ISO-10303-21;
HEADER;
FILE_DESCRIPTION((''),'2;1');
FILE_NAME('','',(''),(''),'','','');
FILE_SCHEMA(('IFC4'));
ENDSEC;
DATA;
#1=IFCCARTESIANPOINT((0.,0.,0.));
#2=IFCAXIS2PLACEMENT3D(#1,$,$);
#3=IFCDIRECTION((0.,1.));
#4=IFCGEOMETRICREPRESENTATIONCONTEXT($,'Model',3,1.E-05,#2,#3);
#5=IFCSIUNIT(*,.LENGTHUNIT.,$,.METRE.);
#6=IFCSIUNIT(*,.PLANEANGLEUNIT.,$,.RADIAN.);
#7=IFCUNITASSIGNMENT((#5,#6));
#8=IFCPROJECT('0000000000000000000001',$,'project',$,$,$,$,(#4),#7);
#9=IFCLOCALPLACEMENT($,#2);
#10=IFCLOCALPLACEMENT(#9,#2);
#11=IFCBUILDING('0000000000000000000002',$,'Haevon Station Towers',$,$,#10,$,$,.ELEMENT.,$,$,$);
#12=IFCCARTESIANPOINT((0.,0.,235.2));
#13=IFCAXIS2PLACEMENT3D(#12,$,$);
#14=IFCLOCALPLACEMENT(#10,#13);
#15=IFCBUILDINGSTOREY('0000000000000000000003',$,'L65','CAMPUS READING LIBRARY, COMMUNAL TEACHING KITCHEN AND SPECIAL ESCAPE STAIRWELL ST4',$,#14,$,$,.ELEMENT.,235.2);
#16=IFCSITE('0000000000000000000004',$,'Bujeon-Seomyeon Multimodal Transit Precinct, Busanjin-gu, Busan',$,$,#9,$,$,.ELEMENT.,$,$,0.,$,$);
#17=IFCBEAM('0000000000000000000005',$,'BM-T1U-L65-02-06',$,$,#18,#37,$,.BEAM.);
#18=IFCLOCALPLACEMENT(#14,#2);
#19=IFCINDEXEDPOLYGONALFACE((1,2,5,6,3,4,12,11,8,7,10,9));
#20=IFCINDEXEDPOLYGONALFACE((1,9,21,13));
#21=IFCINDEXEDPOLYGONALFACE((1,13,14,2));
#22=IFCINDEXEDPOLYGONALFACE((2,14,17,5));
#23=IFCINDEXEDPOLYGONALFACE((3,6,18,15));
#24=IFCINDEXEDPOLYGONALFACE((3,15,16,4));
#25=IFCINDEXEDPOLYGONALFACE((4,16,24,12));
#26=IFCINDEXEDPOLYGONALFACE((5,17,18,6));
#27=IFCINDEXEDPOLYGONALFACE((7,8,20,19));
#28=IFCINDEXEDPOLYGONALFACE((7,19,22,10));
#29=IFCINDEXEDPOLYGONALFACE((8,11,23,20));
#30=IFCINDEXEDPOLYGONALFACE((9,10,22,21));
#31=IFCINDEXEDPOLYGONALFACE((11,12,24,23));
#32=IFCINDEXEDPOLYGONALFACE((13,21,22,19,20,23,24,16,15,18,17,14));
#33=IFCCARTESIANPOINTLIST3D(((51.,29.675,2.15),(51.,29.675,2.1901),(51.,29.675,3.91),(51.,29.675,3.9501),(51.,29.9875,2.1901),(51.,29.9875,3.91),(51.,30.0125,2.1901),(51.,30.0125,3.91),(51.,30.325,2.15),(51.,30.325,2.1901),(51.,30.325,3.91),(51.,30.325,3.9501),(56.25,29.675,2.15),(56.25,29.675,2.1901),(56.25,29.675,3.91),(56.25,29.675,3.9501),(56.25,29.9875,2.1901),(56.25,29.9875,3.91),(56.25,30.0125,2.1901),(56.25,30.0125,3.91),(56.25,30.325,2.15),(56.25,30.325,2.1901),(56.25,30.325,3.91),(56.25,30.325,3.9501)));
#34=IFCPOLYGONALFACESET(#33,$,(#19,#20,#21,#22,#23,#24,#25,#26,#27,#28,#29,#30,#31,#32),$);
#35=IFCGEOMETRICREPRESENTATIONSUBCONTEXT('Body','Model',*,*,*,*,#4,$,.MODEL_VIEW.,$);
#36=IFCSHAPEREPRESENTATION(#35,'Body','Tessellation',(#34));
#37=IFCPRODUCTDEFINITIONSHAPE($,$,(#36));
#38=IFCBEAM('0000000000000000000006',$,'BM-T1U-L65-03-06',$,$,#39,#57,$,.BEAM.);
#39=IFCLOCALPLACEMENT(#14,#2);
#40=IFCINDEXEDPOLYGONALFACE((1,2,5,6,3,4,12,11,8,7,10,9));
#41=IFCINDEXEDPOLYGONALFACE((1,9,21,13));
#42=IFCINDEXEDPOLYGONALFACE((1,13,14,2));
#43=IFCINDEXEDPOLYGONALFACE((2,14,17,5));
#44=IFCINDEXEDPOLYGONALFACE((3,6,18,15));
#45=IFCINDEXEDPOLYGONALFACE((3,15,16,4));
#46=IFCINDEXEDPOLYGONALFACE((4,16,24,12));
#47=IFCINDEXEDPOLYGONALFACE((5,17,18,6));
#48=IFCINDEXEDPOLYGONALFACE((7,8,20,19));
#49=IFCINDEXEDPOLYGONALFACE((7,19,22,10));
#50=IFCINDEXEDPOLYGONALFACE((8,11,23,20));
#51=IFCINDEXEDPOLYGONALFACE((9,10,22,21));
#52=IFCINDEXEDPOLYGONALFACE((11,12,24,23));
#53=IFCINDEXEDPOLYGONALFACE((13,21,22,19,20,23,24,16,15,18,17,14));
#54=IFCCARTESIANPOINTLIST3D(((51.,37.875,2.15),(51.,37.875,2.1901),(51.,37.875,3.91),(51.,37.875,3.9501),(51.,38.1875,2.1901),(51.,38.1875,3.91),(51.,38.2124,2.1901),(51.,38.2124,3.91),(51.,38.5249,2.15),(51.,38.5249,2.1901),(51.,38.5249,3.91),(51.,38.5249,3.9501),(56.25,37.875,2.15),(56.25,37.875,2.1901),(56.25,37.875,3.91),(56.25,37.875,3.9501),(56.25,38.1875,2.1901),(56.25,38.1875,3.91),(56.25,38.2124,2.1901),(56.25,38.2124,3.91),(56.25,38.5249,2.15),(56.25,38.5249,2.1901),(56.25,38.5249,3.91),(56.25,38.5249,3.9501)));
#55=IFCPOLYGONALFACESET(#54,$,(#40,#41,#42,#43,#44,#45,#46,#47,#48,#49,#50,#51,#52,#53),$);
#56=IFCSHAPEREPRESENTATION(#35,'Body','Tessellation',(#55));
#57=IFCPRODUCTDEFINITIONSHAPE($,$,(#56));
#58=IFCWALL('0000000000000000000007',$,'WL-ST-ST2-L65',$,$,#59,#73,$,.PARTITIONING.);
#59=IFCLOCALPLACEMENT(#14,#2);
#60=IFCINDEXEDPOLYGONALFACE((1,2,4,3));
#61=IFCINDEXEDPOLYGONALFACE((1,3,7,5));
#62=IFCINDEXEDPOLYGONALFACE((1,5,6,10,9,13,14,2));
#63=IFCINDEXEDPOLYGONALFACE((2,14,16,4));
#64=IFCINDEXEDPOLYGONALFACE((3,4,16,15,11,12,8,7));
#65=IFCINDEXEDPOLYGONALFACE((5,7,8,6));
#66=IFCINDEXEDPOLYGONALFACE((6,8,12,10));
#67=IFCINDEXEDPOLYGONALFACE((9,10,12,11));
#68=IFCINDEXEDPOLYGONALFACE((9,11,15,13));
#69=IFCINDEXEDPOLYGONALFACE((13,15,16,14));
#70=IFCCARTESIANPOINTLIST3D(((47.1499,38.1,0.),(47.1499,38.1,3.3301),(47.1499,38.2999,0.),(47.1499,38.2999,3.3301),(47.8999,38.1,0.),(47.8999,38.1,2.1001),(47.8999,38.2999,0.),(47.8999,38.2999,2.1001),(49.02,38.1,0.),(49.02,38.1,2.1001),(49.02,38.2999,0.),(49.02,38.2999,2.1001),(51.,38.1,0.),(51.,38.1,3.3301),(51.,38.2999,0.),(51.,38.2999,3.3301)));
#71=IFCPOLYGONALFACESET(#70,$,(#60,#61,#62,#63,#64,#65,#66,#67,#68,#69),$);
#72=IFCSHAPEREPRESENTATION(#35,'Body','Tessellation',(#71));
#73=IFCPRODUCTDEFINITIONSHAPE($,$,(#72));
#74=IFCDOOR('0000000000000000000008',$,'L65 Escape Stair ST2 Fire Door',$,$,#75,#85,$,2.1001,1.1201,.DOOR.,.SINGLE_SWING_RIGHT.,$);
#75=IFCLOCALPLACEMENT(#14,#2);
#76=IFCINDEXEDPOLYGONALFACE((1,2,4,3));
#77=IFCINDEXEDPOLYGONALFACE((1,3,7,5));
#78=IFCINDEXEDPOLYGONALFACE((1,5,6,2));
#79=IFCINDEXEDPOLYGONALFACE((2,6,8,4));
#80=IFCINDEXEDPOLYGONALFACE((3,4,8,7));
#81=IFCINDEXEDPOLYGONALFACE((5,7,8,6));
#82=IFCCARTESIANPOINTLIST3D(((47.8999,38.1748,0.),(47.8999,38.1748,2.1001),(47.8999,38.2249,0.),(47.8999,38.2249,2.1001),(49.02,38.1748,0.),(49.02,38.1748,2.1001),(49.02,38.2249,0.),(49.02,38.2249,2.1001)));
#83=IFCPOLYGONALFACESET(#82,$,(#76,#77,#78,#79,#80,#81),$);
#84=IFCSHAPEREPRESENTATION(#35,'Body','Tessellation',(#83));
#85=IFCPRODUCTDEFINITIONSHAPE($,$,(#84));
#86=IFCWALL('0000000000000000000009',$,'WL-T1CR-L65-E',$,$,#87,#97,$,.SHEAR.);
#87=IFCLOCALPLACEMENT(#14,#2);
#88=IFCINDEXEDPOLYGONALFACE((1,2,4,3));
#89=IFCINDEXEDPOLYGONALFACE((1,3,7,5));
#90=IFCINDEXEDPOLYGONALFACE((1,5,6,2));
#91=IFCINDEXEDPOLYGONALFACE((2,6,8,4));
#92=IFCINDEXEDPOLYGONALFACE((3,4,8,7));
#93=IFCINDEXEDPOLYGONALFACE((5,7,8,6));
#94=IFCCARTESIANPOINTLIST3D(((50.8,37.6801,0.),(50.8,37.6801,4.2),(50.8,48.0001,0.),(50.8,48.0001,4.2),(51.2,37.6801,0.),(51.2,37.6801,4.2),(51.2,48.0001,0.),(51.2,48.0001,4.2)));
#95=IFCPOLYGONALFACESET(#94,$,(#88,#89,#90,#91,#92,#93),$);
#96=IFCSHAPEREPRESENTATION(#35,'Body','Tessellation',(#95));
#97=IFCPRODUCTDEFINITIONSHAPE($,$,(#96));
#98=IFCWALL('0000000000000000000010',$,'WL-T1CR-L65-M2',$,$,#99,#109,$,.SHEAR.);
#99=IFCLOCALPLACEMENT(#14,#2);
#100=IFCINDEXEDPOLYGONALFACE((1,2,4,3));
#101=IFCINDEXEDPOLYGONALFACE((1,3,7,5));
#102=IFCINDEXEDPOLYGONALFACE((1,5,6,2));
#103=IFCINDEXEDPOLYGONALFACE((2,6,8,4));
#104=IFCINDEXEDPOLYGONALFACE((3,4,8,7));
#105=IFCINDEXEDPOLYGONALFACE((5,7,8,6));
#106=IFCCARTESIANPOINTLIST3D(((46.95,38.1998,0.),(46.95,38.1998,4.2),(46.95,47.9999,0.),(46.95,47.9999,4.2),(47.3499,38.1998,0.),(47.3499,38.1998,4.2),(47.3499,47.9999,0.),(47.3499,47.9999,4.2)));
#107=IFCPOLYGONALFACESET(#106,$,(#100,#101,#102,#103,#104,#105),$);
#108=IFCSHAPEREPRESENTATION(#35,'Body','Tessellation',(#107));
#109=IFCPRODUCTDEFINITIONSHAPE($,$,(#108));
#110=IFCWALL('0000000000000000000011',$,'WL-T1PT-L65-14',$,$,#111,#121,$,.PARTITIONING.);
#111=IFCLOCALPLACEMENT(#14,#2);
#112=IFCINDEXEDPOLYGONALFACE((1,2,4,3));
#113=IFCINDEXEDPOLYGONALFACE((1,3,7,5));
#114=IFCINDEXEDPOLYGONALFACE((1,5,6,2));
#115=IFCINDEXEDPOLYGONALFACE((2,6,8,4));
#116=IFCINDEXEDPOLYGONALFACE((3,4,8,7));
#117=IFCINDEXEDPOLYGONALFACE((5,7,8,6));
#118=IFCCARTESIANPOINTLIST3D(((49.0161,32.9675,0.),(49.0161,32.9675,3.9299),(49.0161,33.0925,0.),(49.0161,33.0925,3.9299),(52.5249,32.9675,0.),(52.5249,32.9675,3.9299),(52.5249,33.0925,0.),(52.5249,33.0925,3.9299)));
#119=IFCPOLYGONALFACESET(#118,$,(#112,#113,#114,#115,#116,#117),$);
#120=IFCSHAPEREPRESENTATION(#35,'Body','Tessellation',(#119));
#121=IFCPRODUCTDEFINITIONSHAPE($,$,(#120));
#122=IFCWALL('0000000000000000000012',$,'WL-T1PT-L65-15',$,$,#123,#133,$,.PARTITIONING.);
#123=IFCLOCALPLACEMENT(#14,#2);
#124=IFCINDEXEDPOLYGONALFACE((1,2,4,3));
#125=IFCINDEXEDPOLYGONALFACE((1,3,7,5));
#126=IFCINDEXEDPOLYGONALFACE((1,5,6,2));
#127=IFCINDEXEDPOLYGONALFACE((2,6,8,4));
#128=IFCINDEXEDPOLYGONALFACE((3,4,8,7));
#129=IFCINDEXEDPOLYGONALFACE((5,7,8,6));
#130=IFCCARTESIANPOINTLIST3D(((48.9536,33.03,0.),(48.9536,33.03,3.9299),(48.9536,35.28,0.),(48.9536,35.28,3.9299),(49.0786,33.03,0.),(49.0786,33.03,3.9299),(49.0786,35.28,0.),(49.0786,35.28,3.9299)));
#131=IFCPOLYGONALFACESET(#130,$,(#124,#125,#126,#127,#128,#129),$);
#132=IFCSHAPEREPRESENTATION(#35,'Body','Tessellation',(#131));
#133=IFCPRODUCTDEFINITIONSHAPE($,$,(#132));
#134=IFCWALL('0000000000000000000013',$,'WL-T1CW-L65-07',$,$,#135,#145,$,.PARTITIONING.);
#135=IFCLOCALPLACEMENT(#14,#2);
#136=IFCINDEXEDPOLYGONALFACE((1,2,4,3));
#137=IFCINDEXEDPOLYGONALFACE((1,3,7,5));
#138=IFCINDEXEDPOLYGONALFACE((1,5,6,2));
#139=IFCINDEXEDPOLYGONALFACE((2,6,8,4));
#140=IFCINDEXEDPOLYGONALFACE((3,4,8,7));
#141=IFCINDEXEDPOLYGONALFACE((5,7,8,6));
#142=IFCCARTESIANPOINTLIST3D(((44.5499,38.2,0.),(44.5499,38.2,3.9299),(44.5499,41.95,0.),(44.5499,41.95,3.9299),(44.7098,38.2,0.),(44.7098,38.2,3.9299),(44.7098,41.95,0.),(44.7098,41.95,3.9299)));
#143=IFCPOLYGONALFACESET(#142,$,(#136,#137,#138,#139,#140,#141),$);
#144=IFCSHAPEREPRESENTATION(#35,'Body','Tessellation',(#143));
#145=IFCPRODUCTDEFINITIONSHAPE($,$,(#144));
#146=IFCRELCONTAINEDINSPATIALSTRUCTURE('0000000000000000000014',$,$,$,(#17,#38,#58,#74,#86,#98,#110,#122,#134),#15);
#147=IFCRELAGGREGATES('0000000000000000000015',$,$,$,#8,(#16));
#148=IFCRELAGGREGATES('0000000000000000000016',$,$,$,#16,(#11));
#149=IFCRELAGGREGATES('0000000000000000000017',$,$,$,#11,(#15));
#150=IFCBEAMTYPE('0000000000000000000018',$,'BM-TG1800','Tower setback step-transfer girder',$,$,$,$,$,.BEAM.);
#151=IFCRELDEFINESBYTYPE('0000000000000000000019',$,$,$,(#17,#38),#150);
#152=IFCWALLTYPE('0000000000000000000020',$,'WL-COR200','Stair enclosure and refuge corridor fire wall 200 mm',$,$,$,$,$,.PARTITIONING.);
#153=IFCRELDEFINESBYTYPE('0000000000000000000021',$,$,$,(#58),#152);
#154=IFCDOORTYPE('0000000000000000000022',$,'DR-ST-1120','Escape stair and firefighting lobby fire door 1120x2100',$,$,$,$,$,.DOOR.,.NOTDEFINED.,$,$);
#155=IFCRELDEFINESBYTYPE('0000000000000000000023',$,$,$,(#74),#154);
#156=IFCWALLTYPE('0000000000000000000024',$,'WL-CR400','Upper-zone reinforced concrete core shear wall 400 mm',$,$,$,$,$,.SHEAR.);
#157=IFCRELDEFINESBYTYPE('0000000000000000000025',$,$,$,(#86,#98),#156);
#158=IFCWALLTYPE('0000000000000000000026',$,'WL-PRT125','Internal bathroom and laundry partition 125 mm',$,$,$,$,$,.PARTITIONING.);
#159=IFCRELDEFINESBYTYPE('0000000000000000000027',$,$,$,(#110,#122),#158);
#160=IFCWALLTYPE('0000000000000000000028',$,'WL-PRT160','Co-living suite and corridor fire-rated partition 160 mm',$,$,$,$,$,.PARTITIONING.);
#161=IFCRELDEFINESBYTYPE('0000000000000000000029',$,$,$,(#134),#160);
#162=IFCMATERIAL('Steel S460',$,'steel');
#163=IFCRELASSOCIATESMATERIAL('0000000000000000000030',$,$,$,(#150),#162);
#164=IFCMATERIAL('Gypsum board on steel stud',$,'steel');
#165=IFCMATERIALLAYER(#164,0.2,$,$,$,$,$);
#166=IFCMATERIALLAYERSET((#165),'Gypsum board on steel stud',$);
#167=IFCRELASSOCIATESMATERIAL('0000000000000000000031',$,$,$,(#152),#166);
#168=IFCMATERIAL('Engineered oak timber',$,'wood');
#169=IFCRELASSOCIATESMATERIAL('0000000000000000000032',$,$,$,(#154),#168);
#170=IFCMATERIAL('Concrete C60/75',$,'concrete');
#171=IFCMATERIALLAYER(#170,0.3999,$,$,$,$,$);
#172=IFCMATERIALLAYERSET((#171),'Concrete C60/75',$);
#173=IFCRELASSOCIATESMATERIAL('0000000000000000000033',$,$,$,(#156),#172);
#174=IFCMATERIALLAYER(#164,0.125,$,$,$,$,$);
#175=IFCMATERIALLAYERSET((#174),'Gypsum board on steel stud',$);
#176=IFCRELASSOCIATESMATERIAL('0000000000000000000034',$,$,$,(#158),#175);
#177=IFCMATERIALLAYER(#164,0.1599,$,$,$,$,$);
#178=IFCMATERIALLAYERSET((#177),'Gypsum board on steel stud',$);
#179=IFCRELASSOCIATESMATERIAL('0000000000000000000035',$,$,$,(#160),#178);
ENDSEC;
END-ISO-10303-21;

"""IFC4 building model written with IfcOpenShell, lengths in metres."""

from ifc_helpers import new_model, si_unit, direction, frame, frame_2d, origin, origin_2d, place, context, subcontext, project, spatial, rectangle, i_section, extrude, material, layer, layer_set, material_profile, profile_set, type_object, element, fill, save


model = new_model("IFC4")

# Units and contexts
model_context = context("Model", 3, precision=1e-05, world=origin(), true_north=direction((0.0, 1.0)))
body_context = subcontext(model_context, "Body", "Model", "MODEL_VIEW")
ifc_project = project(units=[si_unit("LENGTHUNIT", "METRE"), si_unit("PLANEANGLEUNIT", "RADIAN")], contexts=[model_context])

# Site, building, storey
site_placement = place(None, origin())
site = spatial("IfcSite", under=ifc_project, at=site_placement, Name="Bujeon-Seomyeon Multimodal Transit Precinct, Busanjin-gu, Busan", CompositionType="ELEMENT", RefElevation=0.0)
building_placement = place(site_placement, origin())
building = spatial("IfcBuilding", under=site, at=building_placement, Name="Haevon Station Towers", CompositionType="ELEMENT")
storey_placement = place(building_placement, frame((0.0, 0.0, 235.2)))
storey = spatial("IfcBuildingStorey", under=building, at=storey_placement, Name="L65", Description="CAMPUS READING LIBRARY, COMMUNAL TEACHING KITCHEN AND SPECIAL ESCAPE STAIRWELL ST4", CompositionType="ELEMENT", Elevation=235.2)

# Beams
ifc_material_1 = material(Name="Steel S460", Category="steel")
ifc_material_profile_1 = material_profile(ifc_material_1, i_section(OverallWidth=0.6499, OverallDepth=1.8, WebThickness=0.0249, FlangeThickness=0.04, at=origin_2d()), Name="H-1800x650x25x40")
ifc_profile_set_1 = profile_set([ifc_material_profile_1], Name="Steel S460")
beam_type_1 = type_object("IfcBeamType", Name="BM-TG1800", Description="Tower setback step-transfer girder", PredefinedType="BEAM", material=ifc_profile_set_1)
for number, where, z_axis, x_axis, name in (
    (1, (51.0, 30.0, 3.05), (1.0, 0.0, 0.0), (0.0, 1.0, 0.0), "BM-T1U-L65-02-06"),
    (2, (51.0, 38.2, 3.05), (1.0, 0.0, 0.0), (0.0, 1.0, 0.0), "BM-T1U-L65-03-06"),
):
    element("IfcBeam", number, at=place(storey_placement, frame(where, z_axis=z_axis, x_axis=x_axis)), inside=storey, type_object=beam_type_1, Name=name, PredefinedType="BEAM", context=body_context, shape_type="SweptSolid", body=[
        extrude(i_section(OverallWidth=0.6499, OverallDepth=1.8, WebThickness=0.0249, FlangeThickness=0.04, at=origin_2d()), origin(), (0.0, 0.0, 1.0), 5.25),
    ])

# Wall, opening, door
ifc_material_2 = material(Name="Gypsum board on steel stud", Category="steel")
ifc_layer_1 = layer(ifc_material_2, 0.2)
ifc_layer_set_1 = layer_set([ifc_layer_1], Name="Gypsum board on steel stud")
wall_type_1 = type_object("IfcWallType", Name="WL-COR200", Description="Stair enclosure and refuge corridor fire wall 200 mm", PredefinedType="PARTITIONING", material=ifc_layer_set_1)
wall_1_placement = place(storey_placement, frame((47.1499, 38.2, 0.0), z_axis=(0.0, 0.0, 1.0), x_axis=(1.0, 0.0, 0.0)))
wall_1 = element("IfcWall", 3, at=wall_1_placement, inside=storey, type_object=wall_type_1, Name="WL-ST-ST2-L65", PredefinedType="PARTITIONING", context=body_context, shape_type="SweptSolid", body=[
    extrude(rectangle(XDim=3.8501, YDim=0.2, at=frame_2d((1.925, 0.0))), origin(), (0.0, 0.0, 1.0), 3.3301),
])
opening_placement = place(wall_1_placement, frame((0.75, 0.0, 0.0)))
opening = element("IfcOpeningElement", 4, at=opening_placement, cuts=wall_1, PredefinedType="OPENING", context=body_context, shape_type="SweptSolid", body=[
    extrude(rectangle(XDim=1.1201, YDim=2.1001, at=frame_2d((0.5601, 1.05))), frame((0.0, 0.1099, 0.0), z_axis=(0.0, -1.0, 0.0), x_axis=(1.0, 0.0, 0.0)), (0.0, 0.0, 1.0), 0.22),
])
ifc_material_3 = material(Name="Engineered oak timber", Category="wood")
door_type = type_object("IfcDoorType", Name="DR-ST-1120", Description="Escape stair and firefighting lobby fire door 1120x2100", OperationType="NOTDEFINED", PredefinedType="DOOR", material=ifc_material_3)
door_placement = place(opening_placement, origin())
door = element("IfcDoor", 5, at=door_placement, inside=storey, type_object=door_type, Name="L65 Escape Stair ST2 Fire Door", OperationType="SINGLE_SWING_RIGHT", OverallHeight=2.1001, OverallWidth=1.1201, PredefinedType="DOOR", context=body_context, shape_type="SweptSolid", body=[
    extrude(rectangle(XDim=1.1201, YDim=2.1001, at=frame_2d((0.5601, 1.05))), frame((0.0, 0.0249, 0.0), z_axis=(0.0, -1.0, 0.0), x_axis=(1.0, 0.0, 0.0)), (0.0, 0.0, 1.0), 0.05),
])
fill(opening, door)

# Walls
ifc_material_4 = material(Name="Concrete C60/75", Category="concrete")
ifc_layer_2 = layer(ifc_material_4, 0.3999)
ifc_layer_set_2 = layer_set([ifc_layer_2], Name="Concrete C60/75")
wall_type_2 = type_object("IfcWallType", Name="WL-CR400", Description="Upper-zone reinforced concrete core shear wall 400 mm", PredefinedType="SHEAR", material=ifc_layer_set_2)
wall_2_placement = place(storey_placement, frame((51.0, 37.6799, 0.0), z_axis=(0.0, 0.0, 1.0), x_axis=(0.0, 1.0, 0.0)))
element("IfcWall", 6, at=wall_2_placement, inside=storey, type_object=wall_type_2, Name="WL-T1CR-L65-E", PredefinedType="SHEAR", context=body_context, shape_type="SweptSolid", body=[
    extrude(rectangle(XDim=10.3201, YDim=0.3999, at=frame_2d((5.1602, 0.0))), origin(), (0.0, 0.0, 1.0), 4.2),
])
wall_3_placement = place(storey_placement, frame((47.1499, 38.2, 0.0), z_axis=(0.0, 0.0, 1.0), x_axis=(0.0, 1.0, 0.0)))
element("IfcWall", 7, at=wall_3_placement, inside=storey, type_object=wall_type_2, Name="WL-T1CR-L65-M2", PredefinedType="SHEAR", context=body_context, shape_type="SweptSolid", body=[
    extrude(rectangle(XDim=9.8, YDim=0.3999, at=frame_2d((4.8999, 0.0))), origin(), (0.0, 0.0, 1.0), 4.2),
])
ifc_layer_3 = layer(ifc_material_2, 0.125)
ifc_layer_set_3 = layer_set([ifc_layer_3], Name="Gypsum board on steel stud")
wall_type_3 = type_object("IfcWallType", Name="WL-PRT125", Description="Internal bathroom and laundry partition 125 mm", PredefinedType="PARTITIONING", material=ifc_layer_set_3)
wall_4_placement = place(storey_placement, frame((49.0161, 33.03, 0.0), z_axis=(0.0, 0.0, 1.0), x_axis=(1.0, 0.0, 0.0)))
element("IfcWall", 8, at=wall_4_placement, inside=storey, type_object=wall_type_3, Name="WL-T1PT-L65-14", PredefinedType="PARTITIONING", context=body_context, shape_type="SweptSolid", body=[
    extrude(rectangle(XDim=3.5088, YDim=0.125, at=frame_2d((1.7544, 0.0))), origin(), (0.0, 0.0, 1.0), 3.9299),
])
wall_5_placement = place(storey_placement, frame((49.0161, 33.03, 0.0), z_axis=(0.0, 0.0, 1.0), x_axis=(0.0, 1.0, 0.0)))
element("IfcWall", 9, at=wall_5_placement, inside=storey, type_object=wall_type_3, Name="WL-T1PT-L65-15", PredefinedType="PARTITIONING", context=body_context, shape_type="SweptSolid", body=[
    extrude(rectangle(XDim=2.25, YDim=0.125, at=frame_2d((1.125, 0.0))), origin(), (0.0, 0.0, 1.0), 3.9299),
])
ifc_layer_4 = layer(ifc_material_2, 0.1599)
ifc_layer_set_4 = layer_set([ifc_layer_4], Name="Gypsum board on steel stud")
wall_type_4 = type_object("IfcWallType", Name="WL-PRT160", Description="Co-living suite and corridor fire-rated partition 160 mm", PredefinedType="PARTITIONING", material=ifc_layer_set_4)
wall_6_placement = place(storey_placement, frame((44.6299, 38.2, 0.0), z_axis=(0.0, 0.0, 1.0), x_axis=(0.0, 1.0, 0.0)))
element("IfcWall", 10, at=wall_6_placement, inside=storey, type_object=wall_type_4, Name="WL-T1CW-L65-07", PredefinedType="PARTITIONING", context=body_context, shape_type="SweptSolid", body=[
    extrude(rectangle(XDim=3.75, YDim=0.1599, at=frame_2d((1.875, 0.0))), origin(), (0.0, 0.0, 1.0), 3.9299),
])

save(model, "model.ifc")
